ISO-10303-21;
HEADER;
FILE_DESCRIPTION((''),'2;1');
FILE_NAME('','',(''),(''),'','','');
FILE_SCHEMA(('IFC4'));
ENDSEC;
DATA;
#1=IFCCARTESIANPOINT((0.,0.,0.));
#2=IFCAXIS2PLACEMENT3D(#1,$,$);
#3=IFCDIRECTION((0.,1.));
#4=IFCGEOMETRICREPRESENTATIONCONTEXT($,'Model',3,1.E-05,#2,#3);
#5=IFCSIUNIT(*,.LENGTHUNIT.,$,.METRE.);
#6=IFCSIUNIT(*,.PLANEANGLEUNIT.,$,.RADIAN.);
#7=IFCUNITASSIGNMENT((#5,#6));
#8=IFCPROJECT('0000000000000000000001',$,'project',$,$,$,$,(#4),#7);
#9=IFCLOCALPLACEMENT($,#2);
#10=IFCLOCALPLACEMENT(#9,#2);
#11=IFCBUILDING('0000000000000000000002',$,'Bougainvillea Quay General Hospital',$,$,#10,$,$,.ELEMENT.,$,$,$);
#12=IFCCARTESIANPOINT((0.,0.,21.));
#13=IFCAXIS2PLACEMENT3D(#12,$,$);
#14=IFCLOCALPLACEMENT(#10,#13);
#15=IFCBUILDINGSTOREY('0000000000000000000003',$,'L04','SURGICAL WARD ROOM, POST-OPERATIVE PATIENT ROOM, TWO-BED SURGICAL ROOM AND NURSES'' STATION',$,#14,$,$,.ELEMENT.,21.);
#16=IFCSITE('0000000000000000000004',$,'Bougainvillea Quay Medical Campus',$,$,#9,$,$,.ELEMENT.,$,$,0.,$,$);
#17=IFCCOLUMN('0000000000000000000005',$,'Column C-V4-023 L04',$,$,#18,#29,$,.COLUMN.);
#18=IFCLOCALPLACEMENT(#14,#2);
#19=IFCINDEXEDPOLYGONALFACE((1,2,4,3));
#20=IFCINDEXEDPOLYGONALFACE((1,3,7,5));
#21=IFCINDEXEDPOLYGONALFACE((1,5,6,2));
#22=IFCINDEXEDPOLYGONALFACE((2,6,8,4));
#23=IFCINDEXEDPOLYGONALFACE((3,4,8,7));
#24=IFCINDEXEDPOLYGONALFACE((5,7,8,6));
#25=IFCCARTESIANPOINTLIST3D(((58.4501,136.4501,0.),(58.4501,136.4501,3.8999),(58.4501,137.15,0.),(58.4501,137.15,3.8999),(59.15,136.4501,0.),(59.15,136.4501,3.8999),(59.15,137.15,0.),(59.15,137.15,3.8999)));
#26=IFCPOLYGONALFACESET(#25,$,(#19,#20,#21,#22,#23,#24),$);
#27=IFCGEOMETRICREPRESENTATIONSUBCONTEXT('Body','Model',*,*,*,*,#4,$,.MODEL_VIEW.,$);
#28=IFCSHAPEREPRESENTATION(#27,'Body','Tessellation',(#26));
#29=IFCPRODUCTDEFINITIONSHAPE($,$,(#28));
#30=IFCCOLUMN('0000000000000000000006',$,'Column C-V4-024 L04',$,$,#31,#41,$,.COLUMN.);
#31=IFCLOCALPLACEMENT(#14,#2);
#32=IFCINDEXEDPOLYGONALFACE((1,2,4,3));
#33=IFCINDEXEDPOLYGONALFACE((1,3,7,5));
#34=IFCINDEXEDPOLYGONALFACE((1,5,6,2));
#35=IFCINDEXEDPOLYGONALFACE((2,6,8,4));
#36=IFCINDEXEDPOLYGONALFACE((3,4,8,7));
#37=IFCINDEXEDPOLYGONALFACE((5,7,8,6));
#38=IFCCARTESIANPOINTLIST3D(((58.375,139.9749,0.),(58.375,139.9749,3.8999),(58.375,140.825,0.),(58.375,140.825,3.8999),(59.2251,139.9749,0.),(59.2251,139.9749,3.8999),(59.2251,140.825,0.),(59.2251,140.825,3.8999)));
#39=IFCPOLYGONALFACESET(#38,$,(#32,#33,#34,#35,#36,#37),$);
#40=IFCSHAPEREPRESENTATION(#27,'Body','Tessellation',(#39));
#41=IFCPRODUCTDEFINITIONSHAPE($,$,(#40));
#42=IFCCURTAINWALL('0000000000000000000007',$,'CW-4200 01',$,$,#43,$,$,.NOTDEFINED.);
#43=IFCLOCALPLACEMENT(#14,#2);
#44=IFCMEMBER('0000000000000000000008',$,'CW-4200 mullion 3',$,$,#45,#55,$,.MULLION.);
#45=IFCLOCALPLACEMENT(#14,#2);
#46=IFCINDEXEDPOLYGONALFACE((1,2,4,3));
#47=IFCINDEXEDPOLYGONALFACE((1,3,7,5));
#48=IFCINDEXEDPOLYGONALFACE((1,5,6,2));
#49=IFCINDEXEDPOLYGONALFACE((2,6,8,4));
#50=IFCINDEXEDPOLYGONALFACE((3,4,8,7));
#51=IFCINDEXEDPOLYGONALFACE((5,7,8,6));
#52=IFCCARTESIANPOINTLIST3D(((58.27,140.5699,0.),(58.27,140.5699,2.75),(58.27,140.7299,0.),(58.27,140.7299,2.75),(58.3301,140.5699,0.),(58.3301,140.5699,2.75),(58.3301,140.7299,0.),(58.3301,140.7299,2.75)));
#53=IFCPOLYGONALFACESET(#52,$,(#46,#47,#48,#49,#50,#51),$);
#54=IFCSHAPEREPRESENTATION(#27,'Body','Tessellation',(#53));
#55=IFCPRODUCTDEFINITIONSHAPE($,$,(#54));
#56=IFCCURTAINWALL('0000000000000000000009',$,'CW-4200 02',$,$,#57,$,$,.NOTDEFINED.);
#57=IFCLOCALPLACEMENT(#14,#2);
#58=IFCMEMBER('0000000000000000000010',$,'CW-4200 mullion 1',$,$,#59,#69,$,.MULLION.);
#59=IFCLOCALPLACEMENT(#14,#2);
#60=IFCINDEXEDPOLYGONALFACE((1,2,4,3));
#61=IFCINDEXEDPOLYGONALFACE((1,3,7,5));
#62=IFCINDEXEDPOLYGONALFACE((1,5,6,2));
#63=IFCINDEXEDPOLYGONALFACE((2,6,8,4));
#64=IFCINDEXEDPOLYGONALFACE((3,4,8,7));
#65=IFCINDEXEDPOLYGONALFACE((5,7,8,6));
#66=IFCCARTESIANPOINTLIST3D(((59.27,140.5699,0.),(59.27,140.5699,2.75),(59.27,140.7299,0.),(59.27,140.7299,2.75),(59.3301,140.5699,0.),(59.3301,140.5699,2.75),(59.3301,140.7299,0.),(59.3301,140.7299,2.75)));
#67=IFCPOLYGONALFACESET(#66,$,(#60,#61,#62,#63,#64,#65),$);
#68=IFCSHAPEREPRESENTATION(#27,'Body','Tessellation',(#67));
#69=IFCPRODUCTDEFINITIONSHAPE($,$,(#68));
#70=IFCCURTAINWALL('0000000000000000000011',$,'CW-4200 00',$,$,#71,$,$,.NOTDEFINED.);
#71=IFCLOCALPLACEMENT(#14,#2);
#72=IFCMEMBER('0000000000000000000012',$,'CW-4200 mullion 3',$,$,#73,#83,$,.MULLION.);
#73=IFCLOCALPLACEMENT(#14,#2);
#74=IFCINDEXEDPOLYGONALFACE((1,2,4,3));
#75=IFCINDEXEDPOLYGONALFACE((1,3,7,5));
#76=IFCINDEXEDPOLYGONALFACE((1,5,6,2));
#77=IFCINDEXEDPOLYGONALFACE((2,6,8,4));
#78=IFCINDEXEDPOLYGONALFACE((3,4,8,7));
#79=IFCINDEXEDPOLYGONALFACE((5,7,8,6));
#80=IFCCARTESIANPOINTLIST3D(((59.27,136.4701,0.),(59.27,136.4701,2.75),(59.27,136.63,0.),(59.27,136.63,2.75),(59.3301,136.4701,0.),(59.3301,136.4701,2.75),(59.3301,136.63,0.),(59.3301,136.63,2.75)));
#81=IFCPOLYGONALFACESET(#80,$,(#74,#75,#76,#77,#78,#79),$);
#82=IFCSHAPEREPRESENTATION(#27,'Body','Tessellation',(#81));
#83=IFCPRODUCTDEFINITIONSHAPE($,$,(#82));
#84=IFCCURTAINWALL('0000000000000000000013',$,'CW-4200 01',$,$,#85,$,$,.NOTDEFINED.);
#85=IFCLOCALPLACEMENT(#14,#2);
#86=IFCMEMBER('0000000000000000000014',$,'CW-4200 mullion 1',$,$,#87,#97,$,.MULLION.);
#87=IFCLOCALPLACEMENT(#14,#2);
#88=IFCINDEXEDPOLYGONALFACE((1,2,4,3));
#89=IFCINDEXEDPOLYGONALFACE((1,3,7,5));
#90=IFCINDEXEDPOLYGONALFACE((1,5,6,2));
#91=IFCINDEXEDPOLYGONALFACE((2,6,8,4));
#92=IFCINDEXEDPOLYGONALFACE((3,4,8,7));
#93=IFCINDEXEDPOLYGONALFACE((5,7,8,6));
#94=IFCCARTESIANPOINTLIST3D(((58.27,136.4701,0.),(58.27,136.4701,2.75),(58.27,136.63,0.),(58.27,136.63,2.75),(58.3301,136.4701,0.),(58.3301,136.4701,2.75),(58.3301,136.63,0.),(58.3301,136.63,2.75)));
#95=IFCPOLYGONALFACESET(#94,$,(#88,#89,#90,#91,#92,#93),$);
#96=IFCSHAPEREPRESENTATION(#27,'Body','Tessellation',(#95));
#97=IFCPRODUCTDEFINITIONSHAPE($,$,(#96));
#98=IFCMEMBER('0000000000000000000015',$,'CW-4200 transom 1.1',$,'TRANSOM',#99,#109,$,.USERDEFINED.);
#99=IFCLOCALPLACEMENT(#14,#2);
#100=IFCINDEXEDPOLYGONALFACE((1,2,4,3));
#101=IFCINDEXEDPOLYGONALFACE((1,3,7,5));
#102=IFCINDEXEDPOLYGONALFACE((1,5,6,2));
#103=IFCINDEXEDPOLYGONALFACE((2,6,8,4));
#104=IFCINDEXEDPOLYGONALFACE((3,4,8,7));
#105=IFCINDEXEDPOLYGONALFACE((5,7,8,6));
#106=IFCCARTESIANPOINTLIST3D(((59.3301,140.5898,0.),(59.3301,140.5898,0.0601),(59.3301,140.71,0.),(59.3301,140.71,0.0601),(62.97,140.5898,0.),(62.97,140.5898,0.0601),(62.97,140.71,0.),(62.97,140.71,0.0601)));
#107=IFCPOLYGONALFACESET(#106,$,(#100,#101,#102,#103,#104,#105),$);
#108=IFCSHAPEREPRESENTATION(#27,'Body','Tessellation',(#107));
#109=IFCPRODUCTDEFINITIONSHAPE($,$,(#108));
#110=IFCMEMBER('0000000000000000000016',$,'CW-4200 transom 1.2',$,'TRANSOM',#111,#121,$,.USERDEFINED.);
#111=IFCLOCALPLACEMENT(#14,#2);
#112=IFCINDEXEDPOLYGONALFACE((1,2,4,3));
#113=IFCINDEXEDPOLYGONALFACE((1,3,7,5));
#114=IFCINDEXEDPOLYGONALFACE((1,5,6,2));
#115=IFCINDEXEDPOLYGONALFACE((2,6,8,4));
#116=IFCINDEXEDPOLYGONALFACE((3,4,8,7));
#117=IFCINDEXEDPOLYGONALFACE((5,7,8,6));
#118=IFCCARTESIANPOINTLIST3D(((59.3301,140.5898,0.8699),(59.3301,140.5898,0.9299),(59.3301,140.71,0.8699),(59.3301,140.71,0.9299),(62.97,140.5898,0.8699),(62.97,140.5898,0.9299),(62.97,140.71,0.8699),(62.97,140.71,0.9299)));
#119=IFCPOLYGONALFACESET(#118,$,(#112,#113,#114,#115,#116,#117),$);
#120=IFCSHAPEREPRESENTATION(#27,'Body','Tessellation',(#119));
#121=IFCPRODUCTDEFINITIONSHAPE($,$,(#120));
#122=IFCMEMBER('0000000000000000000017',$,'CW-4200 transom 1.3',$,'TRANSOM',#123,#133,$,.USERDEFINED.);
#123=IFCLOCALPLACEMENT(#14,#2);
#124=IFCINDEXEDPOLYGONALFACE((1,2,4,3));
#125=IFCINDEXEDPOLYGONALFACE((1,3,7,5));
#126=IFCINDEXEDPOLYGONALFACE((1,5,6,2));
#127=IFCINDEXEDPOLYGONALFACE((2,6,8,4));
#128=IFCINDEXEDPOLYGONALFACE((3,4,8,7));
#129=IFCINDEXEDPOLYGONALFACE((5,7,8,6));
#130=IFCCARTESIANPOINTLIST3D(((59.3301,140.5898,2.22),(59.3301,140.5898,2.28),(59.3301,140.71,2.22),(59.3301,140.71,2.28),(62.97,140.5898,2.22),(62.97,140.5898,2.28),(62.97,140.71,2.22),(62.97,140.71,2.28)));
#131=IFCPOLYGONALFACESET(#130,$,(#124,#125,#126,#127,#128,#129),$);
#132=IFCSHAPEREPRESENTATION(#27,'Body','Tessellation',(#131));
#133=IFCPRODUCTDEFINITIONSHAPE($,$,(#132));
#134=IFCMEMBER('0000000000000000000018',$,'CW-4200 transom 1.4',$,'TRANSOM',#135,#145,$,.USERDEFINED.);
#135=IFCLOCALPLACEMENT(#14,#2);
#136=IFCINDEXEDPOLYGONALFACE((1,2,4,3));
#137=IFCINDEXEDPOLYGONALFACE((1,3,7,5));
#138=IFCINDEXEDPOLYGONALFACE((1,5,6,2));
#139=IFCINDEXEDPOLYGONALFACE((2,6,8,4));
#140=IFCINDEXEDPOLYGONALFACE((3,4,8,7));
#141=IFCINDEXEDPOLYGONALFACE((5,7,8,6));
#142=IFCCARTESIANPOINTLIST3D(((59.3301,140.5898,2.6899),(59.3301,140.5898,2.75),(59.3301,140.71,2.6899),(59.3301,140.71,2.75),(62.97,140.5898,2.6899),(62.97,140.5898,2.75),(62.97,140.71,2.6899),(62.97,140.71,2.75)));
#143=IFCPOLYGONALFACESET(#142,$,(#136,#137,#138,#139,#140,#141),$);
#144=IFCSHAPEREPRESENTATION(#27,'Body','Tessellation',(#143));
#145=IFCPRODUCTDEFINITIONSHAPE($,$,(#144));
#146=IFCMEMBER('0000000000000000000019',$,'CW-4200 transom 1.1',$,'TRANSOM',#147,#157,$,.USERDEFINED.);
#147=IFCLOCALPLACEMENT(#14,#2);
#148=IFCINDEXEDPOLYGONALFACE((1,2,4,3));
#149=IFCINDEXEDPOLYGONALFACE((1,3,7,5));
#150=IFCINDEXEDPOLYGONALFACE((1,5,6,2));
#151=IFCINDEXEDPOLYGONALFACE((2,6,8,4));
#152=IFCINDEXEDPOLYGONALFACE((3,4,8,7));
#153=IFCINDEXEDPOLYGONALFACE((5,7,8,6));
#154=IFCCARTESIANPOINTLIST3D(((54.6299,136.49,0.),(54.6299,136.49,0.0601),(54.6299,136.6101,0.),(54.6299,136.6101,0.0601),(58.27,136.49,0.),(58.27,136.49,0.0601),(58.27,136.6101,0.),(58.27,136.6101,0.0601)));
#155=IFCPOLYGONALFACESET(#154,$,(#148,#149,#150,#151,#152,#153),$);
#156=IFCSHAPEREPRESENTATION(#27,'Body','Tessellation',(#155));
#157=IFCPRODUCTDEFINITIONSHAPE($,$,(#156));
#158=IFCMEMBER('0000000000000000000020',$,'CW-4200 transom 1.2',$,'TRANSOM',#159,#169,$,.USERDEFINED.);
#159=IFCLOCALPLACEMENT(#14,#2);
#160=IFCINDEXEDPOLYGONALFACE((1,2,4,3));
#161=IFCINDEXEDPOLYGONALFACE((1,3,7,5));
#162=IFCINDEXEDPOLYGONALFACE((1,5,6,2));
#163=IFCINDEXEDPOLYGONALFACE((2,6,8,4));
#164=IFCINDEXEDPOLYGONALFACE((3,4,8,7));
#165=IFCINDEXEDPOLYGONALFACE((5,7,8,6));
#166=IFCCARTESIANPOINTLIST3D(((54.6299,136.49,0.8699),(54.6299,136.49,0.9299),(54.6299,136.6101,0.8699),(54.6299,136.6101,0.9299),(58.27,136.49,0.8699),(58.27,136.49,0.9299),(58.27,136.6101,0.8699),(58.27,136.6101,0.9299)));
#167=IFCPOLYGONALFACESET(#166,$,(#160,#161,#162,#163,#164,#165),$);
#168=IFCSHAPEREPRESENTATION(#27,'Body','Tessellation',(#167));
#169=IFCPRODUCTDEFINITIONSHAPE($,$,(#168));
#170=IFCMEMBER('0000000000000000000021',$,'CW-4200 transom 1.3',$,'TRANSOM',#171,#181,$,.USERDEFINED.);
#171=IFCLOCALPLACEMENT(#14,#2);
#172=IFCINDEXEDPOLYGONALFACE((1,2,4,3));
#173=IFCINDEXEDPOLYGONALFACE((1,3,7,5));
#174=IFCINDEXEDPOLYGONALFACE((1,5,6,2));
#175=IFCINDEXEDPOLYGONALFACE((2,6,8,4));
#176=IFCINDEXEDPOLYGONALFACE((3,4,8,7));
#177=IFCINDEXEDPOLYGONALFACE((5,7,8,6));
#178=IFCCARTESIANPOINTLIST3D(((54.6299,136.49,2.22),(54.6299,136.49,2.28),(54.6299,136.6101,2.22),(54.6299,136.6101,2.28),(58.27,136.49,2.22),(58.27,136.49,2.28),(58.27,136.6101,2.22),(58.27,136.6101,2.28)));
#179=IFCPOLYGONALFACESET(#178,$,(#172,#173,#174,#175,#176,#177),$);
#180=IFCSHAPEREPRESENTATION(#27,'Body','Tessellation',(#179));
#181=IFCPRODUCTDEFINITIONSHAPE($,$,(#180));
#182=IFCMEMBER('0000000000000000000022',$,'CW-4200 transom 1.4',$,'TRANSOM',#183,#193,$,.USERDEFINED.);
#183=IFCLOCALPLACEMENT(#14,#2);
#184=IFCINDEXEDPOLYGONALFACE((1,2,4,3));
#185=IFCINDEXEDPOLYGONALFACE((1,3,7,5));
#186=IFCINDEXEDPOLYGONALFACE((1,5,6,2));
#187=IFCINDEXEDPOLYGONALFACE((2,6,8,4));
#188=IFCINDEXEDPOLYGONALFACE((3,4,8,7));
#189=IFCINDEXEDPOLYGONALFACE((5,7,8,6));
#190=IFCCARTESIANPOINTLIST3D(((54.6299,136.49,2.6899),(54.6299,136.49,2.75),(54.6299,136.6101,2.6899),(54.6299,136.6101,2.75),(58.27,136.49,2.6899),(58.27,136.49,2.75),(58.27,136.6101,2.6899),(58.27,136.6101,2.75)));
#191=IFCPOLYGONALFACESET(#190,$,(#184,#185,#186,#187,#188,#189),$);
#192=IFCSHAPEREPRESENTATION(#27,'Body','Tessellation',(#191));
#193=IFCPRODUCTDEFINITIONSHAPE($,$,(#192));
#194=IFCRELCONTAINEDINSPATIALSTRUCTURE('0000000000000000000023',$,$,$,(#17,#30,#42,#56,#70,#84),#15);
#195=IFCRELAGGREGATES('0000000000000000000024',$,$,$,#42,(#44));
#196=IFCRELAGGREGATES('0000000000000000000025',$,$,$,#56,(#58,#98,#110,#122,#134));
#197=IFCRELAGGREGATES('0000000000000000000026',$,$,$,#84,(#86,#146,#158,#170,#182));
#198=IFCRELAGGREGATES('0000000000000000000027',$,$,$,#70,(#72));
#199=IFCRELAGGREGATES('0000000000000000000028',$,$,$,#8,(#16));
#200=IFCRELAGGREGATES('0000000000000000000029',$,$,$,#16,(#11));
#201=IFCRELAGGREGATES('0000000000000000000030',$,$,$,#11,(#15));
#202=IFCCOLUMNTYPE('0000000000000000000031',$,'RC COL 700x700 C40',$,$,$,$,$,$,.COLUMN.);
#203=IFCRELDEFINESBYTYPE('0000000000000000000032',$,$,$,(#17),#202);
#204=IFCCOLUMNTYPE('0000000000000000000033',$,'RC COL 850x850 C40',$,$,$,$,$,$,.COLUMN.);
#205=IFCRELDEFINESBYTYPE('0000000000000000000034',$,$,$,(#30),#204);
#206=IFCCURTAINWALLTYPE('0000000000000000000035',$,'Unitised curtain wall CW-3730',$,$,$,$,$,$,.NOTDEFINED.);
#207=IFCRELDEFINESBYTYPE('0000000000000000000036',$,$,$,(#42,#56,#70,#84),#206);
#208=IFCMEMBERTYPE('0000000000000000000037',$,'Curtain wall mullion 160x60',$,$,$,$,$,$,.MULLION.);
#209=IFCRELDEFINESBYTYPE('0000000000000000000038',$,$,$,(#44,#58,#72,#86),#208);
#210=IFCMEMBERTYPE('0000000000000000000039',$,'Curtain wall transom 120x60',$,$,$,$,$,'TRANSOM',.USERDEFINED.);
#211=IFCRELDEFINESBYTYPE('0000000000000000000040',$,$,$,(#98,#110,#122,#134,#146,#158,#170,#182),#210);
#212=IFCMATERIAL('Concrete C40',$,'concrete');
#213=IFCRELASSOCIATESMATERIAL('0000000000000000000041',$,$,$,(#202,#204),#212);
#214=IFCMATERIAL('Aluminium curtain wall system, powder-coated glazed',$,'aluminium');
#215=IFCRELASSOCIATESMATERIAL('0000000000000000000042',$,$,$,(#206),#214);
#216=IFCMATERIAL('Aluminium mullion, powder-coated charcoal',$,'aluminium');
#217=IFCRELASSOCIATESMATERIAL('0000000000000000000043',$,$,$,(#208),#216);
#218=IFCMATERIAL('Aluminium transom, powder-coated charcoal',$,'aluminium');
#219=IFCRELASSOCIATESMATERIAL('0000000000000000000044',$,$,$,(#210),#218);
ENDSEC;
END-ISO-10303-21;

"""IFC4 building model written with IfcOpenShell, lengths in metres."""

from ifc_helpers import new_model, si_unit, direction, frame, origin, origin_2d, place, context, subcontext, project, spatial, rectangle, extrude, material, material_profile, profile_set, type_object, element, aggregate, save


model = new_model("IFC4")

# Units and contexts
model_context = context("Model", 3, precision=1e-05, world=origin(), true_north=direction((0.0, 1.0)))
body_context = subcontext(model_context, "Body", "Model", "MODEL_VIEW")
ifc_project = project(units=[si_unit("LENGTHUNIT", "METRE"), si_unit("PLANEANGLEUNIT", "RADIAN")], contexts=[model_context])

# Site, building, storey
site_placement = place(None, origin())
site = spatial("IfcSite", under=ifc_project, at=site_placement, Name="Bougainvillea Quay Medical Campus", CompositionType="ELEMENT", RefElevation=0.0)
building_placement = place(site_placement, origin())
building = spatial("IfcBuilding", under=site, at=building_placement, Name="Bougainvillea Quay General Hospital", CompositionType="ELEMENT")
storey_placement = place(building_placement, frame((0.0, 0.0, 21.0)))
storey = spatial("IfcBuildingStorey", under=building, at=storey_placement, Name="L04", Description="SURGICAL WARD ROOM, POST-OPERATIVE PATIENT ROOM, TWO-BED SURGICAL ROOM AND NURSES' STATION", CompositionType="ELEMENT", Elevation=21.0)

# Columns
ifc_material_1 = material(Name="Concrete C40", Category="concrete")
ifc_material_profile_1 = material_profile(ifc_material_1, rectangle(XDim=0.7, YDim=0.7, at=origin_2d()))
ifc_profile_set_1 = profile_set([ifc_material_profile_1], Name="Concrete C40")
column_type_1 = type_object("IfcColumnType", Name="RC COL 700x700 C40", PredefinedType="COLUMN", material=ifc_profile_set_1)
column_1_placement = place(storey_placement, frame((58.8, 136.8, 0.0), z_axis=(0.0, 0.0, 1.0), x_axis=(1.0, 0.0, 0.0)))
element("IfcColumn", 1, at=column_1_placement, inside=storey, type_object=column_type_1, Name="Column C-V4-023 L04", PredefinedType="COLUMN", context=body_context, shape_type="SweptSolid", body=[
    extrude(rectangle(XDim=0.7, YDim=0.7, at=origin_2d()), origin(), (0.0, 0.0, 1.0), 3.8999),
])
ifc_material_profile_2 = material_profile(ifc_material_1, rectangle(XDim=0.8501, YDim=0.8501, at=origin_2d()))
ifc_profile_set_2 = profile_set([ifc_material_profile_2], Name="Concrete C40")
column_type_2 = type_object("IfcColumnType", Name="RC COL 850x850 C40", PredefinedType="COLUMN", material=ifc_profile_set_2)
column_2_placement = place(storey_placement, frame((58.8, 140.3999, 0.0), z_axis=(0.0, 0.0, 1.0), x_axis=(1.0, 0.0, 0.0)))
element("IfcColumn", 2, at=column_2_placement, inside=storey, type_object=column_type_2, Name="Column C-V4-024 L04", PredefinedType="COLUMN", context=body_context, shape_type="SweptSolid", body=[
    extrude(rectangle(XDim=0.8501, YDim=0.8501, at=origin_2d()), origin(), (0.0, 0.0, 1.0), 3.8999),
])

# Curtain walls, members
ifc_material_2 = material(Name="Aluminium curtain wall system, powder-coated glazed", Category="aluminium")
curtain_wall_type = type_object("IfcCurtainWallType", Name="Unitised curtain wall CW-3730", PredefinedType="NOTDEFINED", material=ifc_material_2)
curtain_wall_1_placement = place(storey_placement, origin())
curtain_wall_1 = element("IfcCurtainWall", 3, at=curtain_wall_1_placement, inside=storey, type_object=curtain_wall_type, Name="CW-4200 01", PredefinedType="NOTDEFINED")
ifc_material_3 = material(Name="Aluminium mullion, powder-coated charcoal", Category="aluminium")
ifc_material_profile_3 = material_profile(ifc_material_3, rectangle(XDim=0.1599, YDim=0.0601, at=origin_2d()))
ifc_profile_set_3 = profile_set([ifc_material_profile_3], Name="Aluminium mullion, powder-coated charcoal")
member_type_1 = type_object("IfcMemberType", Name="Curtain wall mullion 160x60", PredefinedType="MULLION", material=ifc_profile_set_3)
member_1_placement = place(storey_placement, frame((58.3, 140.6499, 0.0), z_axis=(0.0, 0.0, 1.0), x_axis=(0.0, 1.0, 0.0)))
member_1 = element("IfcMember", 4, at=member_1_placement, type_object=member_type_1, Name="CW-4200 mullion 3", PredefinedType="MULLION", context=body_context, shape_type="SweptSolid", body=[
    extrude(rectangle(XDim=0.1599, YDim=0.0601, at=origin_2d()), origin(), (0.0, 0.0, 1.0), 2.75),
])
aggregate(curtain_wall_1, [member_1])
curtain_wall_2_placement = place(storey_placement, origin())
curtain_wall_2 = element("IfcCurtainWall", 5, at=curtain_wall_2_placement, inside=storey, type_object=curtain_wall_type, Name="CW-4200 02", PredefinedType="NOTDEFINED")
member_2_placement = place(storey_placement, frame((59.3, 140.6499, 0.0), z_axis=(0.0, 0.0, 1.0), x_axis=(0.0, 1.0, 0.0)))
member_2 = element("IfcMember", 6, at=member_2_placement, type_object=member_type_1, Name="CW-4200 mullion 1", PredefinedType="MULLION", context=body_context, shape_type="SweptSolid", body=[
    extrude(rectangle(XDim=0.1599, YDim=0.0601, at=origin_2d()), origin(), (0.0, 0.0, 1.0), 2.75),
])
curtain_wall_3_placement = place(storey_placement, origin())
curtain_wall_3 = element("IfcCurtainWall", 7, at=curtain_wall_3_placement, inside=storey, type_object=curtain_wall_type, Name="CW-4200 00", PredefinedType="NOTDEFINED")
member_3_placement = place(storey_placement, frame((59.3, 136.55, 0.0), z_axis=(0.0, 0.0, 1.0), x_axis=(0.0, -1.0, 0.0)))
member_3 = element("IfcMember", 8, at=member_3_placement, type_object=member_type_1, Name="CW-4200 mullion 3", PredefinedType="MULLION", context=body_context, shape_type="SweptSolid", body=[
    extrude(rectangle(XDim=0.1599, YDim=0.0601, at=origin_2d()), origin(), (0.0, 0.0, 1.0), 2.75),
])
curtain_wall_4_placement = place(storey_placement, origin())
curtain_wall_4 = element("IfcCurtainWall", 9, at=curtain_wall_4_placement, inside=storey, type_object=curtain_wall_type, Name="CW-4200 01", PredefinedType="NOTDEFINED")
member_4_placement = place(storey_placement, frame((58.3, 136.55, 0.0), z_axis=(0.0, 0.0, 1.0), x_axis=(0.0, -1.0, 0.0)))
member_4 = element("IfcMember", 10, at=member_4_placement, type_object=member_type_1, Name="CW-4200 mullion 1", PredefinedType="MULLION", context=body_context, shape_type="SweptSolid", body=[
    extrude(rectangle(XDim=0.1599, YDim=0.0601, at=origin_2d()), origin(), (0.0, 0.0, 1.0), 2.75),
])

# Members
ifc_material_4 = material(Name="Aluminium transom, powder-coated charcoal", Category="aluminium")
ifc_material_profile_4 = material_profile(ifc_material_4, rectangle(XDim=0.1201, YDim=0.0601, at=origin_2d()))
ifc_profile_set_4 = profile_set([ifc_material_profile_4], Name="Aluminium transom, powder-coated charcoal")
member_type_2 = type_object("IfcMemberType", Name="Curtain wall transom 120x60", ElementType="TRANSOM", PredefinedType="USERDEFINED", material=ifc_profile_set_4)
member_5_placement = place(storey_placement, frame((59.3301, 140.6499, 0.03), z_axis=(1.0, 0.0, 0.0), x_axis=(0.0, 1.0, 0.0)))
member_5 = element("IfcMember", 11, at=member_5_placement, type_object=member_type_2, Name="CW-4200 transom 1.1", ObjectType="TRANSOM", PredefinedType="USERDEFINED", context=body_context, shape_type="SweptSolid", body=[
    extrude(rectangle(XDim=0.1201, YDim=0.0601, at=origin_2d()), origin(), (0.0, 0.0, 1.0), 3.6399),
])
member_6_placement = place(storey_placement, frame((59.3301, 140.6499, 0.8999), z_axis=(1.0, 0.0, 0.0), x_axis=(0.0, 1.0, 0.0)))
member_6 = element("IfcMember", 12, at=member_6_placement, type_object=member_type_2, Name="CW-4200 transom 1.2", ObjectType="TRANSOM", PredefinedType="USERDEFINED", context=body_context, shape_type="SweptSolid", body=[
    extrude(rectangle(XDim=0.1201, YDim=0.0601, at=origin_2d()), origin(), (0.0, 0.0, 1.0), 3.6399),
])
member_7_placement = place(storey_placement, frame((59.3301, 140.6499, 2.25), z_axis=(1.0, 0.0, 0.0), x_axis=(0.0, 1.0, 0.0)))
member_7 = element("IfcMember", 13, at=member_7_placement, type_object=member_type_2, Name="CW-4200 transom 1.3", ObjectType="TRANSOM", PredefinedType="USERDEFINED", context=body_context, shape_type="SweptSolid", body=[
    extrude(rectangle(XDim=0.1201, YDim=0.0601, at=origin_2d()), origin(), (0.0, 0.0, 1.0), 3.6399),
])
member_8_placement = place(storey_placement, frame((59.3301, 140.6499, 2.72), z_axis=(1.0, 0.0, 0.0), x_axis=(0.0, 1.0, 0.0)))
member_8 = element("IfcMember", 14, at=member_8_placement, type_object=member_type_2, Name="CW-4200 transom 1.4", ObjectType="TRANSOM", PredefinedType="USERDEFINED", context=body_context, shape_type="SweptSolid", body=[
    extrude(rectangle(XDim=0.1201, YDim=0.0601, at=origin_2d()), origin(), (0.0, 0.0, 1.0), 3.6399),
])
aggregate(curtain_wall_2, [member_2, member_5, member_6, member_7, member_8])
member_9_placement = place(storey_placement, frame((58.27, 136.55, 0.03), z_axis=(-1.0, 0.0, 0.0), x_axis=(0.0, -1.0, 0.0)))
member_9 = element("IfcMember", 15, at=member_9_placement, type_object=member_type_2, Name="CW-4200 transom 1.1", ObjectType="TRANSOM", PredefinedType="USERDEFINED", context=body_context, shape_type="SweptSolid", body=[
    extrude(rectangle(XDim=0.1201, YDim=0.0601, at=origin_2d()), origin(), (0.0, 0.0, 1.0), 3.6401),
])
member_10_placement = place(storey_placement, frame((58.27, 136.55, 0.8999), z_axis=(-1.0, 0.0, 0.0), x_axis=(0.0, -1.0, 0.0)))
member_10 = element("IfcMember", 16, at=member_10_placement, type_object=member_type_2, Name="CW-4200 transom 1.2", ObjectType="TRANSOM", PredefinedType="USERDEFINED", context=body_context, shape_type="SweptSolid", body=[
    extrude(rectangle(XDim=0.1201, YDim=0.0601, at=origin_2d()), origin(), (0.0, 0.0, 1.0), 3.6401),
])
member_11_placement = place(storey_placement, frame((58.27, 136.55, 2.25), z_axis=(-1.0, 0.0, 0.0), x_axis=(0.0, -1.0, 0.0)))
member_11 = element("IfcMember", 17, at=member_11_placement, type_object=member_type_2, Name="CW-4200 transom 1.3", ObjectType="TRANSOM", PredefinedType="USERDEFINED", context=body_context, shape_type="SweptSolid", body=[
    extrude(rectangle(XDim=0.1201, YDim=0.0601, at=origin_2d()), origin(), (0.0, 0.0, 1.0), 3.6401),
])
member_12_placement = place(storey_placement, frame((58.27, 136.55, 2.72), z_axis=(-1.0, 0.0, 0.0), x_axis=(0.0, -1.0, 0.0)))
member_12 = element("IfcMember", 18, at=member_12_placement, type_object=member_type_2, Name="CW-4200 transom 1.4", ObjectType="TRANSOM", PredefinedType="USERDEFINED", context=body_context, shape_type="SweptSolid", body=[
    extrude(rectangle(XDim=0.1201, YDim=0.0601, at=origin_2d()), origin(), (0.0, 0.0, 1.0), 3.6401),
])
aggregate(curtain_wall_4, [member_4, member_9, member_10, member_11, member_12])

aggregate(curtain_wall_3, [member_3])

save(model, "model.ifc")
